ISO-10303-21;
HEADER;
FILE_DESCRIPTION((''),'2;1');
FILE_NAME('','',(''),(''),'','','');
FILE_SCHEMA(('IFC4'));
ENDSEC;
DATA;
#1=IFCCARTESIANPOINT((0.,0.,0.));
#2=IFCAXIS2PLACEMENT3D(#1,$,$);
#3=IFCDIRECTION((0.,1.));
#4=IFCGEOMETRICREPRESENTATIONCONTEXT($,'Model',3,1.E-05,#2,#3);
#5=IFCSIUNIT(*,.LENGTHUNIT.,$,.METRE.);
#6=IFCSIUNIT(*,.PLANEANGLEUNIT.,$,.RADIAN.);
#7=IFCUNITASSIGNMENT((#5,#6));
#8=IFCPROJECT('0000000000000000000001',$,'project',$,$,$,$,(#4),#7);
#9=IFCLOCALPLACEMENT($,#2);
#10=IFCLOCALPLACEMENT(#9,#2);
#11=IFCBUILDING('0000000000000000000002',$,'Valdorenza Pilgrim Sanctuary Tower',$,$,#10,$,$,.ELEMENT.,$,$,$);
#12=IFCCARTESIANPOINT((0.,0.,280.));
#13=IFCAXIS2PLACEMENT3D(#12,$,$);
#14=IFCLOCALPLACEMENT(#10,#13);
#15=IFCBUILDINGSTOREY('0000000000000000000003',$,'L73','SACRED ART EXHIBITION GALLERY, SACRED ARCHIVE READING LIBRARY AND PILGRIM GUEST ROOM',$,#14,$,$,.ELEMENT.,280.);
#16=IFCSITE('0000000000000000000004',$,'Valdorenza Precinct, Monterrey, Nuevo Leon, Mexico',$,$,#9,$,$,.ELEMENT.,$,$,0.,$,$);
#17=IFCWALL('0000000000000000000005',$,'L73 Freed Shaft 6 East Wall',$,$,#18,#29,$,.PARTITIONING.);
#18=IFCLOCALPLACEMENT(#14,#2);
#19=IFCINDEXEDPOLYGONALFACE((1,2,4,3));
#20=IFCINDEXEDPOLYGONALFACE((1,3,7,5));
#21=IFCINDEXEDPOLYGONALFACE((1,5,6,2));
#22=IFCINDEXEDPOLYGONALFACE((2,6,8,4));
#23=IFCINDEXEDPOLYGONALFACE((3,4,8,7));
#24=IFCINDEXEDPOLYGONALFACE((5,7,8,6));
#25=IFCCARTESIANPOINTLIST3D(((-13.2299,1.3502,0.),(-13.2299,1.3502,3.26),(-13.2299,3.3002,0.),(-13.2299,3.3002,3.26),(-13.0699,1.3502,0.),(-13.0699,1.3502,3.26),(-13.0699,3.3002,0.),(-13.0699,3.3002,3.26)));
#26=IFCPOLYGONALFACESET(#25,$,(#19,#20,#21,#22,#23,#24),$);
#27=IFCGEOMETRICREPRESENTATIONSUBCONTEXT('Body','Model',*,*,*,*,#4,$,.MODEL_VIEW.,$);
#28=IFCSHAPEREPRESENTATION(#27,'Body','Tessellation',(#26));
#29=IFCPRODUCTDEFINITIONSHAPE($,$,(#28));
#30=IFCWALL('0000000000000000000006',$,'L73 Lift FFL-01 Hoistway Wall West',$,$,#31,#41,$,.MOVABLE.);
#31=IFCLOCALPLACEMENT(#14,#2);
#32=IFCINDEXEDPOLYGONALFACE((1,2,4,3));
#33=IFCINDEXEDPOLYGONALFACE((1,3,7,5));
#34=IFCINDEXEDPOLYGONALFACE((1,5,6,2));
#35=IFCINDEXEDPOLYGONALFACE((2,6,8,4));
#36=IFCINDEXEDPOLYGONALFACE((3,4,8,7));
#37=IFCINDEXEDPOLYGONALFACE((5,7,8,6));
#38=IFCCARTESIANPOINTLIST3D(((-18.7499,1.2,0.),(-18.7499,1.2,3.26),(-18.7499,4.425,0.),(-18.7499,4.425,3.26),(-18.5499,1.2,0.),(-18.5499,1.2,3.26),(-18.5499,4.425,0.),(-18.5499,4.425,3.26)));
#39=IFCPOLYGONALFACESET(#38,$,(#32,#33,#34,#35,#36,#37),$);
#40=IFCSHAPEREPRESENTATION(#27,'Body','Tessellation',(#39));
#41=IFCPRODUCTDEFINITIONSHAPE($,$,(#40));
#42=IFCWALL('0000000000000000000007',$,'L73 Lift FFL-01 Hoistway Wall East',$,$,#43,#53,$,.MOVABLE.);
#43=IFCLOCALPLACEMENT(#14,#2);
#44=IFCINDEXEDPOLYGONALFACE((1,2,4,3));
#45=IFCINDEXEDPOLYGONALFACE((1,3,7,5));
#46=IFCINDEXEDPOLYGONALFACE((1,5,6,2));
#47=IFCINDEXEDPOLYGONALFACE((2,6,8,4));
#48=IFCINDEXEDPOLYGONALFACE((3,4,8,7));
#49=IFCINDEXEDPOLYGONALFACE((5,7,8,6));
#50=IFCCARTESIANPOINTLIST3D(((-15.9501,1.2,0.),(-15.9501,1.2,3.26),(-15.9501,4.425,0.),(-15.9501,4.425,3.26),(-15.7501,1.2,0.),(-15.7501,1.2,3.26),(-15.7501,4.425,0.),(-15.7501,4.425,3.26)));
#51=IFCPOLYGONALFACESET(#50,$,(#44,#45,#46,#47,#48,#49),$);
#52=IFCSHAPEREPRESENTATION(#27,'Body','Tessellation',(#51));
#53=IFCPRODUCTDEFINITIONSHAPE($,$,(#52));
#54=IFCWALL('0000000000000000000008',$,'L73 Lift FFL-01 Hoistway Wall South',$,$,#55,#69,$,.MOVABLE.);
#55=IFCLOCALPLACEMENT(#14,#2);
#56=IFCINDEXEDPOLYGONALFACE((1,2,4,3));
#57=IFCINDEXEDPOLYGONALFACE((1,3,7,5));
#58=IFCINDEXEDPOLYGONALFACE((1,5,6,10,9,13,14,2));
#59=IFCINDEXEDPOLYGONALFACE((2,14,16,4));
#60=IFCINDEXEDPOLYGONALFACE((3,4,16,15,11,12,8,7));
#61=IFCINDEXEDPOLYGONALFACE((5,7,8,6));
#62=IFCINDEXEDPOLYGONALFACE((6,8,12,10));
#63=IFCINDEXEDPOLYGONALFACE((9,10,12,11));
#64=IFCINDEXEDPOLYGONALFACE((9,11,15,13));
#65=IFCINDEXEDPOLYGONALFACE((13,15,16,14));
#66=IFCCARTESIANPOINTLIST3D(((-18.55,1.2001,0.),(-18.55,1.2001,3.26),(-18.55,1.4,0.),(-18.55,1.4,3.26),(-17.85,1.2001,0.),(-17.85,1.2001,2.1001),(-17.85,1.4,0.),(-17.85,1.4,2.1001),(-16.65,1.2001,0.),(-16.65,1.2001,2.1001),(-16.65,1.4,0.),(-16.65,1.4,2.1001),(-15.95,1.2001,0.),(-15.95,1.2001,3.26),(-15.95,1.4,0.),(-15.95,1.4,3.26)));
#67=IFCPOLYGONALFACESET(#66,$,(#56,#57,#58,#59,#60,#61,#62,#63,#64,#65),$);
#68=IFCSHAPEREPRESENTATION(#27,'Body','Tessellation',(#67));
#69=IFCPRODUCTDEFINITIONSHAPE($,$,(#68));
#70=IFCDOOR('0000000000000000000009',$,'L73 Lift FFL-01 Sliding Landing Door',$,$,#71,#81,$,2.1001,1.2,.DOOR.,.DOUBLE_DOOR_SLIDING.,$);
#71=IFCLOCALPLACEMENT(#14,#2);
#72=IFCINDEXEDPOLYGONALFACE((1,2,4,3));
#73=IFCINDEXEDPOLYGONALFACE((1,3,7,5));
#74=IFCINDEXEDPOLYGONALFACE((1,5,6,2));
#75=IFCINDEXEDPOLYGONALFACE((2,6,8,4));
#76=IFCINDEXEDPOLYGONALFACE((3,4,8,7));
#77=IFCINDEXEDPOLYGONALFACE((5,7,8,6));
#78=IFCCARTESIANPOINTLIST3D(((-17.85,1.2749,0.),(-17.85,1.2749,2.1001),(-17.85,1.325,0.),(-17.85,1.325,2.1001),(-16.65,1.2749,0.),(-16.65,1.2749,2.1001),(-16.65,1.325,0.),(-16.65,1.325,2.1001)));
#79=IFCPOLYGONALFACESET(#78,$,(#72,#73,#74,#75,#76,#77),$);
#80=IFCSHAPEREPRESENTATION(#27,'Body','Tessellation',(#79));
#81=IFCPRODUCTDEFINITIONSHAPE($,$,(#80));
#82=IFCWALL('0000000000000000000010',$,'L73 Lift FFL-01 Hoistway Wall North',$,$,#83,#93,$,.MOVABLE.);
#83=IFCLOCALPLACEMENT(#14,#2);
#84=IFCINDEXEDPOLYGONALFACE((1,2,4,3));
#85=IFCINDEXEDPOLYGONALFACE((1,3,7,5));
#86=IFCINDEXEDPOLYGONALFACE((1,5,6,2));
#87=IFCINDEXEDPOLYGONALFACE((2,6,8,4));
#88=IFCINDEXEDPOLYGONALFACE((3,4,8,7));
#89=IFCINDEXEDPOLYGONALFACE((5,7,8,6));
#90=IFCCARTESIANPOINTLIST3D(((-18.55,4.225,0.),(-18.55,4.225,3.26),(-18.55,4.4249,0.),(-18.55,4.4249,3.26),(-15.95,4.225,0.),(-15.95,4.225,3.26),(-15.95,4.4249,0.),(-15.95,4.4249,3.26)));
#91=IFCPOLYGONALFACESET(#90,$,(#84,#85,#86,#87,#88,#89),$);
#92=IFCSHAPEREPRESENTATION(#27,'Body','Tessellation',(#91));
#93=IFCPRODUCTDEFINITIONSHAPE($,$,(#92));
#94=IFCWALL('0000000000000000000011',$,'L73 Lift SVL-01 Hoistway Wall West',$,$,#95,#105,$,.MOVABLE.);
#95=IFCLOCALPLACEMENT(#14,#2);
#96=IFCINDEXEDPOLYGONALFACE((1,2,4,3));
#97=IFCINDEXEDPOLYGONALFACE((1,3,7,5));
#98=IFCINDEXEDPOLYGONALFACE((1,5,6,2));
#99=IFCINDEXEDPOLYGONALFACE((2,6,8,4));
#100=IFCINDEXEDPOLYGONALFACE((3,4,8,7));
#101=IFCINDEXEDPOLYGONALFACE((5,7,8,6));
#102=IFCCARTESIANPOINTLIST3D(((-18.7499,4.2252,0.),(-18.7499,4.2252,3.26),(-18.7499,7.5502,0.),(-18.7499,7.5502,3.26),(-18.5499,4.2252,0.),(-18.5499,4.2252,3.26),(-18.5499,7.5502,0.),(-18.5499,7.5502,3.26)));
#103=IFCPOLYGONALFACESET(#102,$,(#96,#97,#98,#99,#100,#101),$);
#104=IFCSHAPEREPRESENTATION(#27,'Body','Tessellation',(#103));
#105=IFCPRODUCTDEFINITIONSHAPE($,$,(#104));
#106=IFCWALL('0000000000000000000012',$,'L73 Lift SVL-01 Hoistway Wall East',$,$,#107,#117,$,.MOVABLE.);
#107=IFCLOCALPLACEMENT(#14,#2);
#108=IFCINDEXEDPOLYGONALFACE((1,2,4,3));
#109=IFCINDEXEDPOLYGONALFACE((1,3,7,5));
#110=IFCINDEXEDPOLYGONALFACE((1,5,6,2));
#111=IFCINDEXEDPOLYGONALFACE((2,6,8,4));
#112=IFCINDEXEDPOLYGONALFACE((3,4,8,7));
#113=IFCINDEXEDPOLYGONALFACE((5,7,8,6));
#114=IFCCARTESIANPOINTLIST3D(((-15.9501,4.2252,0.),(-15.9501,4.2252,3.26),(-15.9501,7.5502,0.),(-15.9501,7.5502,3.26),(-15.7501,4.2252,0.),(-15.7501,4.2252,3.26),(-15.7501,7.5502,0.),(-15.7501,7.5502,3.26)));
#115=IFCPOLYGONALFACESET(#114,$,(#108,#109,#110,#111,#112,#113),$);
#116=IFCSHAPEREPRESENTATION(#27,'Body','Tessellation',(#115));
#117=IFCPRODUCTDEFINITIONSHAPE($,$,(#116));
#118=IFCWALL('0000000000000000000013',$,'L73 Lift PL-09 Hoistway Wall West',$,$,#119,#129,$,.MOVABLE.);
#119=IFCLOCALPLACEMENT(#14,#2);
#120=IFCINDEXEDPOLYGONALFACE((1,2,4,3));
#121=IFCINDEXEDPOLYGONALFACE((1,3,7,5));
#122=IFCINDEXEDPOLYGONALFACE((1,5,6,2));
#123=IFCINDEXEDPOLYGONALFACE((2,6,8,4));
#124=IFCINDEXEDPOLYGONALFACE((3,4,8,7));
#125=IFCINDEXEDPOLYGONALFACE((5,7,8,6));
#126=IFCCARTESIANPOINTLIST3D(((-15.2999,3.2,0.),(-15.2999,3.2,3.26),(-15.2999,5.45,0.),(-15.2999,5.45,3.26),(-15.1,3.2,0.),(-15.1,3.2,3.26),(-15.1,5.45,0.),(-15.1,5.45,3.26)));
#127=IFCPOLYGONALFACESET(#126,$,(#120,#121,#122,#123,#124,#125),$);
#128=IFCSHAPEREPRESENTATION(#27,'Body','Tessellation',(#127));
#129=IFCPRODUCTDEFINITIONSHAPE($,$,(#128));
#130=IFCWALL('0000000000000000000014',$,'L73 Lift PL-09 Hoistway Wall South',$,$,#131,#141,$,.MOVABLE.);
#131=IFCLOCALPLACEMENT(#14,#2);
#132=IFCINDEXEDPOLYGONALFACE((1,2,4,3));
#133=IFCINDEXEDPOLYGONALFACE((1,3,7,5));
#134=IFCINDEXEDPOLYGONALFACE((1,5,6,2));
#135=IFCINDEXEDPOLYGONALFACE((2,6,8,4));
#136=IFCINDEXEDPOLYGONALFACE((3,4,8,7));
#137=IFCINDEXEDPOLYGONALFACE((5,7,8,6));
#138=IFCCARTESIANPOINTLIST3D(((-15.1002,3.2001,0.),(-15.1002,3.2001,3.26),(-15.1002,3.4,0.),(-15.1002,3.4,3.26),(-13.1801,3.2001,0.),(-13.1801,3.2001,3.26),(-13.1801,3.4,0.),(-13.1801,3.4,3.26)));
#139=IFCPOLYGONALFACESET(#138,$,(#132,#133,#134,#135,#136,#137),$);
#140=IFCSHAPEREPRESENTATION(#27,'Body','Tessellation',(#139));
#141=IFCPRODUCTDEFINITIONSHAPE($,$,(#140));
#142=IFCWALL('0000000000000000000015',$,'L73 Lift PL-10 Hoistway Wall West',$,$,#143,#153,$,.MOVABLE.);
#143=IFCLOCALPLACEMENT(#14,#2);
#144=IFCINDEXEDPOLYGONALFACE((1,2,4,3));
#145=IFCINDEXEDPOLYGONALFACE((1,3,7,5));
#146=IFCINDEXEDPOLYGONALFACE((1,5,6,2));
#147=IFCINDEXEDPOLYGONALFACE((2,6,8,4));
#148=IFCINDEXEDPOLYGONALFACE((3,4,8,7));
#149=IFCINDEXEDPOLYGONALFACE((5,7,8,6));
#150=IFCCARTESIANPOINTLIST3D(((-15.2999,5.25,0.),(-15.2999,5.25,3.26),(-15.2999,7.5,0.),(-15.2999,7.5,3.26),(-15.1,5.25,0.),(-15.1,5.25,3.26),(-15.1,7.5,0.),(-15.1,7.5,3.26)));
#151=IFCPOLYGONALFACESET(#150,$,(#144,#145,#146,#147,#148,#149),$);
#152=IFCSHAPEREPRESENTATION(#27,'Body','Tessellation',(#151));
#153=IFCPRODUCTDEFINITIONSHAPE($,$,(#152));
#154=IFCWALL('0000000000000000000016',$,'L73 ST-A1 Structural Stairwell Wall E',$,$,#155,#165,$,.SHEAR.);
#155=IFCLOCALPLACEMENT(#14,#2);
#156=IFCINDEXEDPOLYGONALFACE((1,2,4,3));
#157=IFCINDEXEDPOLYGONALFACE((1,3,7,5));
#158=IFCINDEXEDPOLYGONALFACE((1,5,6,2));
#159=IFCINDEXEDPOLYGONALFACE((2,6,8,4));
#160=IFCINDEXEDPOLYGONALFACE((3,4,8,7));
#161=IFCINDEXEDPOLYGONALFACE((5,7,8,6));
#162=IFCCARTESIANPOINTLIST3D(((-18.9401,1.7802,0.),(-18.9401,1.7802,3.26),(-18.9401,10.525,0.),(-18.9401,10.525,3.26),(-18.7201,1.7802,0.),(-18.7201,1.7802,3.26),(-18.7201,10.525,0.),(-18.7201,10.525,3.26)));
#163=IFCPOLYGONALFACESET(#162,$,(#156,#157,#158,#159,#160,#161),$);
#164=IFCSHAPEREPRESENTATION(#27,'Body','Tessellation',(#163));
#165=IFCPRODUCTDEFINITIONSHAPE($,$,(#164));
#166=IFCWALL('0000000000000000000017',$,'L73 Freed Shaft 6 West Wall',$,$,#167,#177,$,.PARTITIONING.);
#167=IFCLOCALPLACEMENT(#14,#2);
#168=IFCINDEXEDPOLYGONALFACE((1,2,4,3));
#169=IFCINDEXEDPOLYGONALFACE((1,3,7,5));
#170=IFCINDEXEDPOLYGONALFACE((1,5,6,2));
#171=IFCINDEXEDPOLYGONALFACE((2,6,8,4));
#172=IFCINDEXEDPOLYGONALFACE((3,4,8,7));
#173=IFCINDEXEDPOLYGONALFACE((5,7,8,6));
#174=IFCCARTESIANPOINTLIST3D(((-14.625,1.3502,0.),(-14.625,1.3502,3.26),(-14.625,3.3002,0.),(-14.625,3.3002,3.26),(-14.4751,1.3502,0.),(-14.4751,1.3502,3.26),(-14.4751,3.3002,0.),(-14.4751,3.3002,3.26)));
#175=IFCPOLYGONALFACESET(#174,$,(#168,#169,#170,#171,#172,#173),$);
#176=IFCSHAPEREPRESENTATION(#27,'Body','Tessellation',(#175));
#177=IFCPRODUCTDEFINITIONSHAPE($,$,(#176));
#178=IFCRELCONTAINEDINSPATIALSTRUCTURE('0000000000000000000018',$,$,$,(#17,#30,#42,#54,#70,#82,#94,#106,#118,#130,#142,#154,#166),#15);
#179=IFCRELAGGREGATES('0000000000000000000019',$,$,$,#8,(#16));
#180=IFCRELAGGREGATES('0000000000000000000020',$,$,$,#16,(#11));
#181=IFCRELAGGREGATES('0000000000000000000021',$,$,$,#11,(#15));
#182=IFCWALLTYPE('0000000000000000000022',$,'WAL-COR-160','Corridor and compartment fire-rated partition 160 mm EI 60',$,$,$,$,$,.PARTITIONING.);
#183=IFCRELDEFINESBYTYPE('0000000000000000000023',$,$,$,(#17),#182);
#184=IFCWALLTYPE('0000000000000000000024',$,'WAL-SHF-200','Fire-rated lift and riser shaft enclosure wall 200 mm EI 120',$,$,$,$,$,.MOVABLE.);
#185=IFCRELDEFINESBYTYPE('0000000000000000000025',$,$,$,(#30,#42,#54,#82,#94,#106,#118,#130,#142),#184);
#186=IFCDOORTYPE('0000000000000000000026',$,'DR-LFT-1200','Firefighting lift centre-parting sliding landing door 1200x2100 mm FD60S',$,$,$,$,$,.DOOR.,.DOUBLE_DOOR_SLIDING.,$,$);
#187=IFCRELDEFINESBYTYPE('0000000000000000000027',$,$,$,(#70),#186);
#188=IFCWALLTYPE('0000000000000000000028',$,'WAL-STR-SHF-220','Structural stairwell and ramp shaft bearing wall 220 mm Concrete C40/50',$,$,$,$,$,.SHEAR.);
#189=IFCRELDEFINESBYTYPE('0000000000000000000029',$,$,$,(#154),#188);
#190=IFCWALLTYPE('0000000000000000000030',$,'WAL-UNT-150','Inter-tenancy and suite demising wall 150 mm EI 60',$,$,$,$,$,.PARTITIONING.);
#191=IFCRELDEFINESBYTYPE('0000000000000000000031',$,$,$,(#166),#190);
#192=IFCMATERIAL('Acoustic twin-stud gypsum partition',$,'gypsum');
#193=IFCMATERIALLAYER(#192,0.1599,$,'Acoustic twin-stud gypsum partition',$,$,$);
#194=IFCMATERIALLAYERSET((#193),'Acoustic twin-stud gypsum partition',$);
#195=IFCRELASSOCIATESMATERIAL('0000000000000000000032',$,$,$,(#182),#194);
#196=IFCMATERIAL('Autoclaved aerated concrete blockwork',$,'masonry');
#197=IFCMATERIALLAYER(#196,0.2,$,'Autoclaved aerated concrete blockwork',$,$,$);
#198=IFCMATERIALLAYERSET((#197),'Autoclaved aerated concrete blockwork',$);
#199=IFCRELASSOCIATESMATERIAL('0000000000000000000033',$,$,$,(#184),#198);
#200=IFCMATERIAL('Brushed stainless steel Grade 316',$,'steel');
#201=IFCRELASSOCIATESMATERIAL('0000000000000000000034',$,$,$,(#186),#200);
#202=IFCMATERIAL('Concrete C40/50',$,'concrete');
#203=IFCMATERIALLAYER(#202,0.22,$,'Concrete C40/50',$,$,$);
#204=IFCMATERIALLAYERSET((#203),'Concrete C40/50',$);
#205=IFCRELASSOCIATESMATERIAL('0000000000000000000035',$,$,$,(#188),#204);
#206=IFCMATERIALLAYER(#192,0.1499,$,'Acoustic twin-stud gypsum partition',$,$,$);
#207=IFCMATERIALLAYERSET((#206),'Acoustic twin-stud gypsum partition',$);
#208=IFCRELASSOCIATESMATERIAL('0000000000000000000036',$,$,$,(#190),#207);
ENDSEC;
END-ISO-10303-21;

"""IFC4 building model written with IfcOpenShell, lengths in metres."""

from ifc_helpers import new_model, si_unit, direction, frame, frame_2d, origin, place, context, subcontext, project, spatial, rectangle, extrude, material, layer, layer_set, type_object, element, fill, save


model = new_model("IFC4")

# Units and contexts
model_context = context("Model", 3, precision=1e-05, world=origin(), true_north=direction((0.0, 1.0)))
body_context = subcontext(model_context, "Body", "Model", "MODEL_VIEW")
ifc_project = project(units=[si_unit("LENGTHUNIT", "METRE"), si_unit("PLANEANGLEUNIT", "RADIAN")], contexts=[model_context])

# Site, building, storey
site_placement = place(None, origin())
site = spatial("IfcSite", under=ifc_project, at=site_placement, Name="Valdorenza Precinct, Monterrey, Nuevo Leon, Mexico", CompositionType="ELEMENT", RefElevation=0.0)
building_placement = place(site_placement, origin())
building = spatial("IfcBuilding", under=site, at=building_placement, Name="Valdorenza Pilgrim Sanctuary Tower", CompositionType="ELEMENT")
storey_placement = place(building_placement, frame((0.0, 0.0, 280.0)))
storey = spatial("IfcBuildingStorey", under=building, at=storey_placement, Name="L73", Description="SACRED ART EXHIBITION GALLERY, SACRED ARCHIVE READING LIBRARY AND PILGRIM GUEST ROOM", CompositionType="ELEMENT", Elevation=280.0)

# Walls
ifc_material_1 = material(Name="Acoustic twin-stud gypsum partition", Category="gypsum")
ifc_layer_1 = layer(ifc_material_1, 0.1599, Name="Acoustic twin-stud gypsum partition")
ifc_layer_set_1 = layer_set([ifc_layer_1], Name="Acoustic twin-stud gypsum partition")
wall_type_1 = type_object("IfcWallType", Name="WAL-COR-160", Description="Corridor and compartment fire-rated partition 160 mm EI 60", PredefinedType="PARTITIONING", material=ifc_layer_set_1)
wall_1_placement = place(storey_placement, frame((-13.1499, 1.3501, 0.0), z_axis=(0.0, 0.0, 1.0), x_axis=(0.0, 1.0, 0.0)))
element("IfcWall", 1, at=wall_1_placement, inside=storey, type_object=wall_type_1, Name="L73 Freed Shaft 6 East Wall", PredefinedType="PARTITIONING", context=body_context, shape_type="SweptSolid", body=[
    extrude(rectangle(XDim=1.95, YDim=0.1599, at=frame_2d((0.9751, 0.0))), origin(), (0.0, 0.0, 1.0), 3.26),
])
ifc_material_2 = material(Name="Autoclaved aerated concrete blockwork", Category="masonry")
ifc_layer_2 = layer(ifc_material_2, 0.2, Name="Autoclaved aerated concrete blockwork")
ifc_layer_set_2 = layer_set([ifc_layer_2], Name="Autoclaved aerated concrete blockwork")
wall_type_2 = type_object("IfcWallType", Name="WAL-SHF-200", Description="Fire-rated lift and riser shaft enclosure wall 200 mm EI 120", PredefinedType="MOVABLE", material=ifc_layer_set_2)
for number, where, z_axis, x_axis, name in (
    (2, (-18.6499, 1.2, 0.0), (0.0, 0.0, 1.0), (0.0, 1.0, 0.0), "L73 Lift FFL-01 Hoistway Wall West"),
    (3, (-15.8501, 1.2, 0.0), (0.0, 0.0, 1.0), (0.0, 1.0, 0.0), "L73 Lift FFL-01 Hoistway Wall East"),
):
    element("IfcWall", number, at=place(storey_placement, frame(where, z_axis=z_axis, x_axis=x_axis)), inside=storey, type_object=wall_type_2, Name=name, PredefinedType="MOVABLE", context=body_context, shape_type="SweptSolid", body=[
        extrude(rectangle(XDim=3.2251, YDim=0.2, at=frame_2d((1.6125, 0.0))), origin(), (0.0, 0.0, 1.0), 3.26),
    ])

# Wall, opening, door
wall_2_placement = place(storey_placement, frame((-18.55, 1.3, 0.0), z_axis=(0.0, 0.0, 1.0), x_axis=(1.0, 0.0, 0.0)))
wall_2 = element("IfcWall", 4, at=wall_2_placement, inside=storey, type_object=wall_type_2, Name="L73 Lift FFL-01 Hoistway Wall South", PredefinedType="MOVABLE", context=body_context, shape_type="SweptSolid", body=[
    extrude(rectangle(XDim=2.6001, YDim=0.2, at=frame_2d((1.3, 0.0))), origin(), (0.0, 0.0, 1.0), 3.26),
])
opening_1_placement = place(wall_2_placement, frame((0.7, 0.0, 0.0)))
opening_1 = element("IfcOpeningElement", 5, at=opening_1_placement, cuts=wall_2, PredefinedType="OPENING", context=body_context, shape_type="SweptSolid", body=[
    extrude(rectangle(XDim=1.2, YDim=2.1001, at=frame_2d((0.6001, 1.05))), frame((0.0, 0.1147, 0.0), z_axis=(0.0, -1.0, 0.0), x_axis=(1.0, 0.0, 0.0)), (0.0, 0.0, 1.0), 0.2297),
])
ifc_material_3 = material(Name="Brushed stainless steel Grade 316", Category="steel")
door_type_1 = type_object("IfcDoorType", Name="DR-LFT-1200", Description="Firefighting lift centre-parting sliding landing door 1200x2100 mm FD60S", OperationType="DOUBLE_DOOR_SLIDING", PredefinedType="DOOR", material=ifc_material_3)
door_1_placement = place(opening_1_placement, origin())
door_1 = element("IfcDoor", 6, at=door_1_placement, inside=storey, type_object=door_type_1, Name="L73 Lift FFL-01 Sliding Landing Door", OperationType="DOUBLE_DOOR_SLIDING", OverallHeight=2.1001, OverallWidth=1.2, PredefinedType="DOOR", context=body_context, shape_type="SweptSolid", body=[
    extrude(rectangle(XDim=1.2, YDim=2.1001, at=frame_2d((0.6001, 1.05))), frame((0.0, 0.0249, 0.0), z_axis=(0.0, -1.0, 0.0), x_axis=(1.0, 0.0, 0.0)), (0.0, 0.0, 1.0), 0.05),
])
fill(opening_1, door_1)

# Walls
wall_3_placement = place(storey_placement, frame((-18.55, 4.325, 0.0), z_axis=(0.0, 0.0, 1.0), x_axis=(1.0, 0.0, 0.0)))
element("IfcWall", 7, at=wall_3_placement, inside=storey, type_object=wall_type_2, Name="L73 Lift FFL-01 Hoistway Wall North", PredefinedType="MOVABLE", context=body_context, shape_type="SweptSolid", body=[
    extrude(rectangle(XDim=2.6001, YDim=0.2, at=frame_2d((1.3, 0.0))), origin(), (0.0, 0.0, 1.0), 3.26),
])
for number, where, z_axis, x_axis, name in (
    (8, (-18.6499, 4.2251, 0.0), (0.0, 0.0, 1.0), (0.0, 1.0, 0.0), "L73 Lift SVL-01 Hoistway Wall West"),
    (9, (-15.8501, 4.2251, 0.0), (0.0, 0.0, 1.0), (0.0, 1.0, 0.0), "L73 Lift SVL-01 Hoistway Wall East"),
):
    element("IfcWall", number, at=place(storey_placement, frame(where, z_axis=z_axis, x_axis=x_axis)), inside=storey, type_object=wall_type_2, Name=name, PredefinedType="MOVABLE", context=body_context, shape_type="SweptSolid", body=[
        extrude(rectangle(XDim=3.325, YDim=0.2, at=frame_2d((1.6626, 0.0))), origin(), (0.0, 0.0, 1.0), 3.26),
    ])
wall_4_placement = place(storey_placement, frame((-15.2, 3.2, 0.0), z_axis=(0.0, 0.0, 1.0), x_axis=(0.0, 1.0, 0.0)))
element("IfcWall", 10, at=wall_4_placement, inside=storey, type_object=wall_type_2, Name="L73 Lift PL-09 Hoistway Wall West", PredefinedType="MOVABLE", context=body_context, shape_type="SweptSolid", body=[
    extrude(rectangle(XDim=2.25, YDim=0.2, at=frame_2d((1.125, 0.0))), origin(), (0.0, 0.0, 1.0), 3.26),
])
wall_5_placement = place(storey_placement, frame((-15.1001, 3.3, 0.0), z_axis=(0.0, 0.0, 1.0), x_axis=(1.0, 0.0, 0.0)))
element("IfcWall", 11, at=wall_5_placement, inside=storey, type_object=wall_type_2, Name="L73 Lift PL-09 Hoistway Wall South", PredefinedType="MOVABLE", context=body_context, shape_type="SweptSolid", body=[
    extrude(rectangle(XDim=1.9202, YDim=0.2, at=frame_2d((0.96, 0.0))), origin(), (0.0, 0.0, 1.0), 3.26),
])
wall_6_placement = place(storey_placement, frame((-15.2, 5.25, 0.0), z_axis=(0.0, 0.0, 1.0), x_axis=(0.0, 1.0, 0.0)))
element("IfcWall", 12, at=wall_6_placement, inside=storey, type_object=wall_type_2, Name="L73 Lift PL-10 Hoistway Wall West", PredefinedType="MOVABLE", context=body_context, shape_type="SweptSolid", body=[
    extrude(rectangle(XDim=2.25, YDim=0.2, at=frame_2d((1.125, 0.0))), origin(), (0.0, 0.0, 1.0), 3.26),
])
ifc_material_4 = material(Name="Concrete C40/50", Category="concrete")
ifc_layer_3 = layer(ifc_material_4, 0.22, Name="Concrete C40/50")
ifc_layer_set_3 = layer_set([ifc_layer_3], Name="Concrete C40/50")
wall_type_3 = type_object("IfcWallType", Name="WAL-STR-SHF-220", Description="Structural stairwell and ramp shaft bearing wall 220 mm Concrete C40/50", PredefinedType="SHEAR", material=ifc_layer_set_3)
wall_7_placement = place(storey_placement, frame((-18.8301, 1.78, 0.0), z_axis=(0.0, 0.0, 1.0), x_axis=(0.0, 1.0, 0.0)))
element("IfcWall", 13, at=wall_7_placement, inside=storey, type_object=wall_type_3, Name="L73 ST-A1 Structural Stairwell Wall E", PredefinedType="SHEAR", context=body_context, shape_type="SweptSolid", body=[
    extrude(rectangle(XDim=8.7449, YDim=0.22, at=frame_2d((4.3726, 0.0))), origin(), (0.0, 0.0, 1.0), 3.26),
])
ifc_layer_4 = layer(ifc_material_1, 0.1499, Name="Acoustic twin-stud gypsum partition")
ifc_layer_set_4 = layer_set([ifc_layer_4], Name="Acoustic twin-stud gypsum partition")
wall_type_4 = type_object("IfcWallType", Name="WAL-UNT-150", Description="Inter-tenancy and suite demising wall 150 mm EI 60", PredefinedType="PARTITIONING", material=ifc_layer_set_4)
wall_8_placement = place(storey_placement, frame((-14.55, 1.3501, 0.0), z_axis=(0.0, 0.0, 1.0), x_axis=(0.0, 1.0, 0.0)))
element("IfcWall", 14, at=wall_8_placement, inside=storey, type_object=wall_type_4, Name="L73 Freed Shaft 6 West Wall", PredefinedType="PARTITIONING", context=body_context, shape_type="SweptSolid", body=[
    extrude(rectangle(XDim=1.95, YDim=0.1499, at=frame_2d((0.9751, 0.0))), origin(), (0.0, 0.0, 1.0), 3.26),
])

save(model, "model.ifc")
